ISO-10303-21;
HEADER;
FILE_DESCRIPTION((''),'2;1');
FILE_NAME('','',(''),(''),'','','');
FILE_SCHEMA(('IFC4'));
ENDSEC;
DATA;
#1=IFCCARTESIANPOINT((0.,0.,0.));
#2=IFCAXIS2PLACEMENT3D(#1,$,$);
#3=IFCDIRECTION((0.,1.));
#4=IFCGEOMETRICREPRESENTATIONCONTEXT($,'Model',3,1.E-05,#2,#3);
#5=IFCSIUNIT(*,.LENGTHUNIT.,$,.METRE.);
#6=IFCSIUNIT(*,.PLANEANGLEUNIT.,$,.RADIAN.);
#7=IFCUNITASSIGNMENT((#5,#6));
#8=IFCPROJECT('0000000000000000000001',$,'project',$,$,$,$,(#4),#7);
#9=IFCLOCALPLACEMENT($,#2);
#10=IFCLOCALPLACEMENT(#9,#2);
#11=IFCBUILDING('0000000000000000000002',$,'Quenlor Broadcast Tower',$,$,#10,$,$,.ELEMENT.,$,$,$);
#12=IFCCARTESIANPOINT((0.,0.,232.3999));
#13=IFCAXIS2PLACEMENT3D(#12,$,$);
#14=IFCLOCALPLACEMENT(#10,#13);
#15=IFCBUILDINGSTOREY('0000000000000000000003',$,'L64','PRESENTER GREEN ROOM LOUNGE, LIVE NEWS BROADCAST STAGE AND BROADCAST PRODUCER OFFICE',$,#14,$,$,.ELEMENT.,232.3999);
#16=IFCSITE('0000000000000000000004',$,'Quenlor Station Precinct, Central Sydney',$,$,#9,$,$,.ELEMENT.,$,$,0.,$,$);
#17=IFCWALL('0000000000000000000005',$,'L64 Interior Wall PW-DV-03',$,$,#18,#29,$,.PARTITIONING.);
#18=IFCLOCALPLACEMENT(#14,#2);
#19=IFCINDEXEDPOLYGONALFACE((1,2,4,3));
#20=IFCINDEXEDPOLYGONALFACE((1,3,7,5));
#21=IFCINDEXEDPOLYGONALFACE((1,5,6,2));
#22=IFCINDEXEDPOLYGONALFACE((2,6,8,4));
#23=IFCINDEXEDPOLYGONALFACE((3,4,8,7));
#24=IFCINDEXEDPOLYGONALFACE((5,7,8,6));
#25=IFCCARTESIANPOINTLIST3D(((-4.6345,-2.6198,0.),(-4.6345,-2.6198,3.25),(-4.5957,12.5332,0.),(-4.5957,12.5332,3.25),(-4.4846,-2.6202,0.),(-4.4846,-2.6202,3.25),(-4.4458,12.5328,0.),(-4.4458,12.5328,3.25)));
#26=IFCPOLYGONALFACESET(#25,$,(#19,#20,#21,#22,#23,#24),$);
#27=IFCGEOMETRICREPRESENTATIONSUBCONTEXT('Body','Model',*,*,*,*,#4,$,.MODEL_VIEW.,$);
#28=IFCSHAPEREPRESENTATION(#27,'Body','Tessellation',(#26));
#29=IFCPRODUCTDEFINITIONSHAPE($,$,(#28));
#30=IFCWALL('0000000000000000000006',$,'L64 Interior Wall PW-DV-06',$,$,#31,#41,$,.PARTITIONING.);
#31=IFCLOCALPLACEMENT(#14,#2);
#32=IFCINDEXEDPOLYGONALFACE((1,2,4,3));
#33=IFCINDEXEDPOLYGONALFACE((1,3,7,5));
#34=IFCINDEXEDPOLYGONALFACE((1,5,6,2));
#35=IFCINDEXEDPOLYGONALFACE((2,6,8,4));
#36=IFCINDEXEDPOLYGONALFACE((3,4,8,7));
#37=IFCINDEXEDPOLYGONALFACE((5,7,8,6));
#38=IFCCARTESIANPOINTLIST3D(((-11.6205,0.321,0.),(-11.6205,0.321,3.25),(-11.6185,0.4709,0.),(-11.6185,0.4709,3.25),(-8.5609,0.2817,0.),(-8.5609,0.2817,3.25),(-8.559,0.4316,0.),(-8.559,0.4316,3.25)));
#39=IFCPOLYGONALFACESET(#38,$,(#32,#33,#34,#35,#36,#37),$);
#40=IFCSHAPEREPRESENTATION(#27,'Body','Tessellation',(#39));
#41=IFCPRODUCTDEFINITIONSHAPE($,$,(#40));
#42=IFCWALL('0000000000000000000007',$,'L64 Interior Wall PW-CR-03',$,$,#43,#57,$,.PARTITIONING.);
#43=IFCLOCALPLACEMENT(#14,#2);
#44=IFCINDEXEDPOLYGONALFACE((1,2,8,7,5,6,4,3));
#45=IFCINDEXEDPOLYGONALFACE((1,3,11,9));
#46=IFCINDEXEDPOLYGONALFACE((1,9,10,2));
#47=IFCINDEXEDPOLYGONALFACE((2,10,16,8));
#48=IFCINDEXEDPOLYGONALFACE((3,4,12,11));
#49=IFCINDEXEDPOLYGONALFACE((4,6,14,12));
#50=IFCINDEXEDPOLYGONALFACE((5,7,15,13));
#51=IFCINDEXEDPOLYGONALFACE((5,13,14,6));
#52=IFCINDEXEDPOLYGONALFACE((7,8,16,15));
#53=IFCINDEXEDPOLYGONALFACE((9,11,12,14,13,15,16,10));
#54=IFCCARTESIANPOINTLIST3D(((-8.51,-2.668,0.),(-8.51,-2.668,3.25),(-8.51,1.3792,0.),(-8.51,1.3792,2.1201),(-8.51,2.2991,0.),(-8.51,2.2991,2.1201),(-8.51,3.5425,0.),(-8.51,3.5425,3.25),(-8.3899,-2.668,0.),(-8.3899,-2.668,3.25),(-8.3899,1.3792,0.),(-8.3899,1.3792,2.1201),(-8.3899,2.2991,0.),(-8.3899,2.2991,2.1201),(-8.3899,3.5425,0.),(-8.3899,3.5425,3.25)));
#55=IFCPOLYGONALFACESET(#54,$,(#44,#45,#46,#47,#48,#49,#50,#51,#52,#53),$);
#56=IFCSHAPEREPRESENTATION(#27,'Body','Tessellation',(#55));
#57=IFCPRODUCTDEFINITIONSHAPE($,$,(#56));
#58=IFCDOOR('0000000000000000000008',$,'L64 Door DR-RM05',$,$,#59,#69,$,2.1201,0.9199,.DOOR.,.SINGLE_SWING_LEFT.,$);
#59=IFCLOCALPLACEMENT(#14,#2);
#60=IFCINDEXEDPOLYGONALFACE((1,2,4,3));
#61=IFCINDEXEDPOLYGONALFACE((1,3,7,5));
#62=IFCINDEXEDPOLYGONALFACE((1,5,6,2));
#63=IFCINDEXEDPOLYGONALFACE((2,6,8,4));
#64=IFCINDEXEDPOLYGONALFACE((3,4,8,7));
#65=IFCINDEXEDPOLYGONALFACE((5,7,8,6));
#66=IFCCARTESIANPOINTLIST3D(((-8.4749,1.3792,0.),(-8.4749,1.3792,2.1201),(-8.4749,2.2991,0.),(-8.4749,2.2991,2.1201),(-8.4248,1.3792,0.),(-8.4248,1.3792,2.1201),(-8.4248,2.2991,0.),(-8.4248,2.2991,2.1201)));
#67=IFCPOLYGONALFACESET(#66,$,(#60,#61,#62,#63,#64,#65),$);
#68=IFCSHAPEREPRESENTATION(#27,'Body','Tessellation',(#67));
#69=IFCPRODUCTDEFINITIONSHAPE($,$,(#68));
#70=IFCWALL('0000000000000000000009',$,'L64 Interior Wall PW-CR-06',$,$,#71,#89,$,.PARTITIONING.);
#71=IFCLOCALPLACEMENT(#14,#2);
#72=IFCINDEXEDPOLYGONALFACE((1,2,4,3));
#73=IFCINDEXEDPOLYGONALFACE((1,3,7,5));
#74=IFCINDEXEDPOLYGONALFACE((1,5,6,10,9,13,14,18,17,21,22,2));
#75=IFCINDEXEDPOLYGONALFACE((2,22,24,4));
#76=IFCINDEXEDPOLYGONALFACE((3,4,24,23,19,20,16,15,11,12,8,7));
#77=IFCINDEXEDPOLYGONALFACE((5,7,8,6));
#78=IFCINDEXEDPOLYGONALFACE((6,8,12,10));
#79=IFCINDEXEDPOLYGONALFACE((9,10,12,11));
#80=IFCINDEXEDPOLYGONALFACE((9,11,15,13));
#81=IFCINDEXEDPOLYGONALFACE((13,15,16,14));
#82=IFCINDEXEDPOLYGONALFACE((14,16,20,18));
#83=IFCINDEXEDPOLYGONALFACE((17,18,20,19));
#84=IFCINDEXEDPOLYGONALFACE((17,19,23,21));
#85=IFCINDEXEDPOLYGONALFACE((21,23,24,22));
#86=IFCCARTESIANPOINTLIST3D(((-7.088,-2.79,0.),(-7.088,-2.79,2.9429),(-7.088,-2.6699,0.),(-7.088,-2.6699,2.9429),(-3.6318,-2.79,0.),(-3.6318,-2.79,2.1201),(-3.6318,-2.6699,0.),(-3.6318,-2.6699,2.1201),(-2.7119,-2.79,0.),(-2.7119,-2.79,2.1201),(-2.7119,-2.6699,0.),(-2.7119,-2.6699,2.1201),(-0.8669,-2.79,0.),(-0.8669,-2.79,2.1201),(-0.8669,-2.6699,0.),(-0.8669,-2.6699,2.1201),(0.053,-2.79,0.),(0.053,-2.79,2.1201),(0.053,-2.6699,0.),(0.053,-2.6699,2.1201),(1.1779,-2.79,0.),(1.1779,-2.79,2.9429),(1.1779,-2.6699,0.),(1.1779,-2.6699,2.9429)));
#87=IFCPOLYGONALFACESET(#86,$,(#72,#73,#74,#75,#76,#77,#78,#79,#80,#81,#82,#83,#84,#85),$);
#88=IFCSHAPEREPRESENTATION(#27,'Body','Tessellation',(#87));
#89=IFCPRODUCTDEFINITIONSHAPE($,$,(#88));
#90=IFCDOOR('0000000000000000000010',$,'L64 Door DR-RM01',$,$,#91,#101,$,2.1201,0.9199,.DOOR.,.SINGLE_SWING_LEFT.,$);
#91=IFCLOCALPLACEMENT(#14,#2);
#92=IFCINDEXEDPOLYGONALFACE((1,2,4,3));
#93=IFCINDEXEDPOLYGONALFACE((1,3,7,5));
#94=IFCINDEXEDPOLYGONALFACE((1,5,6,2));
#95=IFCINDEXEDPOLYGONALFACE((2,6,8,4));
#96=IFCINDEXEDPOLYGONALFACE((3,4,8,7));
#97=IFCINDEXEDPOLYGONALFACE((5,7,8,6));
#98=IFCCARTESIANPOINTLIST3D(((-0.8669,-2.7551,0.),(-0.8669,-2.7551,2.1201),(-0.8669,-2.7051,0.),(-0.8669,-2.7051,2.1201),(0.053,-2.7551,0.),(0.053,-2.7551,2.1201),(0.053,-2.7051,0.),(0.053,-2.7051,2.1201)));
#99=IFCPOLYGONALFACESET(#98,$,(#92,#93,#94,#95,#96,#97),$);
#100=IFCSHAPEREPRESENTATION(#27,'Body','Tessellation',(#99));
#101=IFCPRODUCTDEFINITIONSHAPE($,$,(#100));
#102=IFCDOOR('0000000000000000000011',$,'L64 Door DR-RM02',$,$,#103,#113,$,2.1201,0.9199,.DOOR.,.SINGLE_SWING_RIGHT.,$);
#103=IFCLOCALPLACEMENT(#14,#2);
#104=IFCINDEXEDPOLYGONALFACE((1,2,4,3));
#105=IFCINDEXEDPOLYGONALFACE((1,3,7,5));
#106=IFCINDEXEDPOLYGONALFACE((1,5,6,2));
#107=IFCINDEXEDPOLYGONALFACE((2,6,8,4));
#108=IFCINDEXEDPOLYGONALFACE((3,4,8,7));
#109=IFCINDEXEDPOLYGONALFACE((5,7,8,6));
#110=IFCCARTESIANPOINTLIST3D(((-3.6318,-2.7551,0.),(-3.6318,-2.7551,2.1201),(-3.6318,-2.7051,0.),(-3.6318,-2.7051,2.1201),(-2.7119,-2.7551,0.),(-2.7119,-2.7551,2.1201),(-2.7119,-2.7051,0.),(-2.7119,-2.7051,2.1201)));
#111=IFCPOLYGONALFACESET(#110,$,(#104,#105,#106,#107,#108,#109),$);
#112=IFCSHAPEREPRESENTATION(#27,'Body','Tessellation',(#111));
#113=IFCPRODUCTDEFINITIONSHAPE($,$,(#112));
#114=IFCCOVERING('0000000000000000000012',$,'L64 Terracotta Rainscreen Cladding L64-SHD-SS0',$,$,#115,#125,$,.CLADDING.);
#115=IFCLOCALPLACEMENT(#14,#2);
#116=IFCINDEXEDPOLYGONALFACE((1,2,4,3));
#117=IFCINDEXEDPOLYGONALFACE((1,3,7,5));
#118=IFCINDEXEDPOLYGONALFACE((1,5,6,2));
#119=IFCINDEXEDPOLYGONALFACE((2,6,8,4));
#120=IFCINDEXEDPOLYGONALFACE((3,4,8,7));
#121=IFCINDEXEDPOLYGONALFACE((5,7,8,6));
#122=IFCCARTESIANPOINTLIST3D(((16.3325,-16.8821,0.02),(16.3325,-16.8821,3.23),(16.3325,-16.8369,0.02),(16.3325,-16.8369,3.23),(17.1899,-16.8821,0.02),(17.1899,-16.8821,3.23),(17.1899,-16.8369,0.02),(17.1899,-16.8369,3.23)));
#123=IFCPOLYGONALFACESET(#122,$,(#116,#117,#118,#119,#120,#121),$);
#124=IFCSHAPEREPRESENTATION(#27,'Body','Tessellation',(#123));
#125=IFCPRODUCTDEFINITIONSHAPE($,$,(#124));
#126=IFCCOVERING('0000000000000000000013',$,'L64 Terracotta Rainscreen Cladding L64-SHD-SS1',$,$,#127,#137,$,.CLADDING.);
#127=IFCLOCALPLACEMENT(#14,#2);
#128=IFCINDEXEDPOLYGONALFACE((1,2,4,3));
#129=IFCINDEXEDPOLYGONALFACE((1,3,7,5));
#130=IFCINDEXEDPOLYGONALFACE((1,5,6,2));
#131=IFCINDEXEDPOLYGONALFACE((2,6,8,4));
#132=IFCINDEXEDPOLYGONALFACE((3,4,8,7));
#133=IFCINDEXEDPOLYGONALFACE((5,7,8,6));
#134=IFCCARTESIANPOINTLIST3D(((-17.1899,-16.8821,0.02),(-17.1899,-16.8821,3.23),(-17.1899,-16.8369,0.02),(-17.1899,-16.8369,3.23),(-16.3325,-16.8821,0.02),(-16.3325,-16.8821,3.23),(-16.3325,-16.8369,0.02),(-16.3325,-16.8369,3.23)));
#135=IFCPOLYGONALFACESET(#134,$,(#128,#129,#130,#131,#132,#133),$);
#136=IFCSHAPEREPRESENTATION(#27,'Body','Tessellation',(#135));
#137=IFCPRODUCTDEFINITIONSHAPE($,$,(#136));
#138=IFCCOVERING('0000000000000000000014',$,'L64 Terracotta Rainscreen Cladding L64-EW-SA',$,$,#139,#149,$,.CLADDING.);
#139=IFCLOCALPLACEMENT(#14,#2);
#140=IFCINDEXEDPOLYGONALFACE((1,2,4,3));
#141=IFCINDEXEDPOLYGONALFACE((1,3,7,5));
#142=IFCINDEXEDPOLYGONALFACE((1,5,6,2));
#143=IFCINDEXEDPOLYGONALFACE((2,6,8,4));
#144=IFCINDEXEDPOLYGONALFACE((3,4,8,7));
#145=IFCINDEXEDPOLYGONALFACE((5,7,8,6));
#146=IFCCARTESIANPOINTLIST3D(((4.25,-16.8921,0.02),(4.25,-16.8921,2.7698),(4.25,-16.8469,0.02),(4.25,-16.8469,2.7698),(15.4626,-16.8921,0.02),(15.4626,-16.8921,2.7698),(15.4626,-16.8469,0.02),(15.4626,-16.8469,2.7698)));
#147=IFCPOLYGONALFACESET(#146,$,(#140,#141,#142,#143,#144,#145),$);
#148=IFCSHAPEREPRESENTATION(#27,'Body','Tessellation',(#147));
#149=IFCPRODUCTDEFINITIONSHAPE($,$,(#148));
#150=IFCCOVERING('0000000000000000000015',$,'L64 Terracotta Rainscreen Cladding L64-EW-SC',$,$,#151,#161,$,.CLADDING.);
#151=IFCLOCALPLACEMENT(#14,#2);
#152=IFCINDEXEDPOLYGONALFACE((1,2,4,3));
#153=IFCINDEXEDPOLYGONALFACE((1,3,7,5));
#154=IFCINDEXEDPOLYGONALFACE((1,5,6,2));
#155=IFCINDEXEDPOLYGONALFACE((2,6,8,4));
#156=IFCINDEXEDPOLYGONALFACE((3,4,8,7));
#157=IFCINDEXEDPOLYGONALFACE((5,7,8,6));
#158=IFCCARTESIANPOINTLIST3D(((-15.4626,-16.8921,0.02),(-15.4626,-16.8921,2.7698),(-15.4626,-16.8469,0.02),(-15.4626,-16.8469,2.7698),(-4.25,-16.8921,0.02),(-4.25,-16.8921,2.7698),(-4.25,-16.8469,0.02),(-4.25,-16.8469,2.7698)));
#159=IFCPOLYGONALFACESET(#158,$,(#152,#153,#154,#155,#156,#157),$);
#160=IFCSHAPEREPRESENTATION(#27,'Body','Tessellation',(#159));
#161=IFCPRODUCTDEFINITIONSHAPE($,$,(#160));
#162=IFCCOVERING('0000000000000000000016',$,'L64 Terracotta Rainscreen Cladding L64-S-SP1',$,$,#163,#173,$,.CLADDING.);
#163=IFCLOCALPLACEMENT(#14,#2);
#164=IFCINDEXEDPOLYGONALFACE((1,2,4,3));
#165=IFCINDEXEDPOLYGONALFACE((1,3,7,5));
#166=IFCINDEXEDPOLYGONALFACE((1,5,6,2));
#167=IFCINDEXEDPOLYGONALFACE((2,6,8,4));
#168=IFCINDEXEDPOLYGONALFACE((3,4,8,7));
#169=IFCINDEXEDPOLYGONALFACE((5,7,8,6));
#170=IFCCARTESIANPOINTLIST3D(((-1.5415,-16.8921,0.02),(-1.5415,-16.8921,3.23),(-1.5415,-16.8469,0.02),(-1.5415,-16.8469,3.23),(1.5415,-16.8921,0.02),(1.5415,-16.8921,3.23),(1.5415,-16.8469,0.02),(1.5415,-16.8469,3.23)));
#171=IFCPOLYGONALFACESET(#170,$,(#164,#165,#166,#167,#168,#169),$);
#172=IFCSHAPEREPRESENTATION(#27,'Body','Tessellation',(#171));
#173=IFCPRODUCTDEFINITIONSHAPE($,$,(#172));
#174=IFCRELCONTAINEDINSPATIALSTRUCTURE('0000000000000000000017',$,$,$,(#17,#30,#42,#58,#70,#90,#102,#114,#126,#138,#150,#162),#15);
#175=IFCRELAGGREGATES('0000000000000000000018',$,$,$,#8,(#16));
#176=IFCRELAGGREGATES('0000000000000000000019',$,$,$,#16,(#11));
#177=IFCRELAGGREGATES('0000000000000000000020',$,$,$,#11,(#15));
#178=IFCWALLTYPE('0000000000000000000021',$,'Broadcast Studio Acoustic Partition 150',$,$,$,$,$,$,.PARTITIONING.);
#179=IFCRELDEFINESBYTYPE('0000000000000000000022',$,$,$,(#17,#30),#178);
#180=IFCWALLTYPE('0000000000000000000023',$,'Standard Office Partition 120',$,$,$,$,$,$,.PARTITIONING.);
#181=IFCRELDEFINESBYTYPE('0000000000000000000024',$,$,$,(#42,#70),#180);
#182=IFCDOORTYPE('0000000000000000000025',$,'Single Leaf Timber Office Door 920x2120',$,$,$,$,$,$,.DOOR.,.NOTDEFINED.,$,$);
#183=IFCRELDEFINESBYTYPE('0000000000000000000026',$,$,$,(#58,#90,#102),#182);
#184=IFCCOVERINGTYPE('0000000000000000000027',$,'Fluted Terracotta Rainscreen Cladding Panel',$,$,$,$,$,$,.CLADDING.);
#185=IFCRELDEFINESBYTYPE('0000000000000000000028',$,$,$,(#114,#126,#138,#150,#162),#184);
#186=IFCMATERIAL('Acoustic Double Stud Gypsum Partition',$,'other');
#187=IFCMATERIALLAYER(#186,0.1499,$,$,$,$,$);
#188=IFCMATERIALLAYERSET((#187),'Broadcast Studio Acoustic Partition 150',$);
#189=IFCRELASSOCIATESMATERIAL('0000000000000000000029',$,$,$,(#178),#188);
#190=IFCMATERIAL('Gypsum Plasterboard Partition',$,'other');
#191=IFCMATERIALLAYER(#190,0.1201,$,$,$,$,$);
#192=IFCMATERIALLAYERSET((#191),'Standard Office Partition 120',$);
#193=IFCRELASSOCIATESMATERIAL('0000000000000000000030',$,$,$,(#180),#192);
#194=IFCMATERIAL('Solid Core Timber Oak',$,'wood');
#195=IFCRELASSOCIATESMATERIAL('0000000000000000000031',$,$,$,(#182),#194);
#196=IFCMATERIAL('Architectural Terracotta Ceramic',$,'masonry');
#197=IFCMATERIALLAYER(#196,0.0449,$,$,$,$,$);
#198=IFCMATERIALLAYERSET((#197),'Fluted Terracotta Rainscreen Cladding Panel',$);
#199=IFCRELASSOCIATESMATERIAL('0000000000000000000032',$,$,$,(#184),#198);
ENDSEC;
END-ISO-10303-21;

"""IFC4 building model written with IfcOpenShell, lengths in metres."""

from ifc_helpers import new_model, si_unit, direction, frame, frame_2d, origin, place, context, subcontext, project, spatial, polyline, rectangle, outline, extrude, material, layer, layer_set, type_object, element, fill, save


model = new_model("IFC4")

# Units and contexts
model_context = context("Model", 3, precision=1e-05, world=origin(), true_north=direction((0.0, 1.0)))
body_context = subcontext(model_context, "Body", "Model", "MODEL_VIEW")
ifc_project = project(units=[si_unit("LENGTHUNIT", "METRE"), si_unit("PLANEANGLEUNIT", "RADIAN")], contexts=[model_context])

# Site, building, storey
site_placement = place(None, origin())
site = spatial("IfcSite", under=ifc_project, at=site_placement, Name="Quenlor Station Precinct, Central Sydney", CompositionType="ELEMENT", RefElevation=0.0)
building_placement = place(site_placement, origin())
building = spatial("IfcBuilding", under=site, at=building_placement, Name="Quenlor Broadcast Tower", CompositionType="ELEMENT")
storey_placement = place(building_placement, frame((0.0, 0.0, 232.3999)))
storey = spatial("IfcBuildingStorey", under=building, at=storey_placement, Name="L64", Description="PRESENTER GREEN ROOM LOUNGE, LIVE NEWS BROADCAST STAGE AND BROADCAST PRODUCER OFFICE", CompositionType="ELEMENT", Elevation=232.3999)

# Walls
ifc_material_1 = material(Name="Acoustic Double Stud Gypsum Partition", Category="other")
ifc_layer_1 = layer(ifc_material_1, 0.1499)
ifc_layer_set_1 = layer_set([ifc_layer_1], Name="Broadcast Studio Acoustic Partition 150")
wall_type_1 = type_object("IfcWallType", Name="Broadcast Studio Acoustic Partition 150", PredefinedType="PARTITIONING", material=ifc_layer_set_1)
wall_1_placement = place(storey_placement, frame((-4.5596, -2.6201, 0.0), z_axis=(0.0, 0.0, 1.0), x_axis=(0.002562, 0.999997, 0.0)))
element("IfcWall", 1, at=wall_1_placement, inside=storey, type_object=wall_type_1, Name="L64 Interior Wall PW-DV-03", PredefinedType="PARTITIONING", context=body_context, shape_type="SweptSolid", body=[
    extrude(rectangle(XDim=15.1531, YDim=0.1499, at=frame_2d((7.5767, 0.0))), origin(), (0.0, 0.0, 1.0), 3.25),
])
wall_2_placement = place(storey_placement, frame((-8.5601, 0.3567, 0.0), z_axis=(0.0, 0.0, 1.0), x_axis=(-0.999917, 0.012846, 0.0)))
element("IfcWall", 2, at=wall_2_placement, inside=storey, type_object=wall_type_1, Name="L64 Interior Wall PW-DV-06", PredefinedType="PARTITIONING", context=body_context, shape_type="SweptSolid", body=[
    extrude(rectangle(XDim=3.0598, YDim=0.1499, at=frame_2d((1.5298, 0.0))), origin(), (0.0, 0.0, 1.0), 3.25),
])

# Wall, opening, door
ifc_material_2 = material(Name="Gypsum Plasterboard Partition", Category="other")
ifc_layer_2 = layer(ifc_material_2, 0.1201)
ifc_layer_set_2 = layer_set([ifc_layer_2], Name="Standard Office Partition 120")
wall_type_2 = type_object("IfcWallType", Name="Standard Office Partition 120", PredefinedType="PARTITIONING", material=ifc_layer_set_2)
wall_3_placement = place(storey_placement, frame((-8.45, -2.668, 0.0), z_axis=(0.0, 0.0, 1.0), x_axis=(0.0, 1.0, 0.0)))
wall_3 = element("IfcWall", 3, at=wall_3_placement, inside=storey, type_object=wall_type_2, Name="L64 Interior Wall PW-CR-03", PredefinedType="PARTITIONING", context=body_context, shape_type="SweptSolid", body=[
    extrude(rectangle(XDim=6.2104, YDim=0.1201, at=frame_2d((3.1052, 0.0))), origin(), (0.0, 0.0, 1.0), 3.25),
])
opening_1_placement = place(wall_3_placement, frame((4.0471, 0.0, 0.0)))
opening_1 = element("IfcOpeningElement", 4, at=opening_1_placement, cuts=wall_3, PredefinedType="OPENING", context=body_context, shape_type="SweptSolid", body=[
    extrude(rectangle(XDim=0.9199, YDim=2.1201, at=frame_2d((0.46, 1.0601))), frame((0.0, 0.0701, 0.0), z_axis=(0.0, -1.0, 0.0), x_axis=(1.0, 0.0, 0.0)), (0.0, 0.0, 1.0), 0.1401),
])
ifc_material_3 = material(Name="Solid Core Timber Oak", Category="wood")
door_type = type_object("IfcDoorType", Name="Single Leaf Timber Office Door 920x2120", OperationType="NOTDEFINED", PredefinedType="DOOR", material=ifc_material_3)
door_1_placement = place(opening_1_placement, origin())
door_1 = element("IfcDoor", 5, at=door_1_placement, inside=storey, type_object=door_type, Name="L64 Door DR-RM05", OperationType="SINGLE_SWING_LEFT", OverallHeight=2.1201, OverallWidth=0.9199, PredefinedType="DOOR", context=body_context, shape_type="SweptSolid", body=[
    extrude(rectangle(XDim=0.9199, YDim=2.1201, at=frame_2d((0.46, 1.0601))), frame((0.0, 0.0249, 0.0), z_axis=(0.0, -1.0, 0.0), x_axis=(1.0, 0.0, 0.0)), (0.0, 0.0, 1.0), 0.05),
])
fill(opening_1, door_1)

# Wall, openings, doors
wall_4_placement = place(storey_placement, frame((-7.0879, -2.73, 0.0), z_axis=(0.0, 0.0, 1.0), x_axis=(1.0, 0.0, 0.0)))
wall_4 = element("IfcWall", 6, at=wall_4_placement, inside=storey, type_object=wall_type_2, Name="L64 Interior Wall PW-CR-06", PredefinedType="PARTITIONING", context=body_context, shape_type="SweptSolid", body=[
    extrude(rectangle(XDim=8.2659, YDim=0.1201, at=frame_2d((4.1328, 0.0))), origin(), (0.0, 0.0, 1.0), 2.9429),
])
opening_2_placement = place(wall_4_placement, frame((6.2209, 0.0, 0.0)))
opening_2 = element("IfcOpeningElement", 7, at=opening_2_placement, cuts=wall_4, PredefinedType="OPENING", context=body_context, shape_type="SweptSolid", body=[
    extrude(rectangle(XDim=0.9199, YDim=2.1201, at=frame_2d((0.46, 1.0601))), frame((0.0, 0.0701, 0.0), z_axis=(0.0, -1.0, 0.0), x_axis=(1.0, 0.0, 0.0)), (0.0, 0.0, 1.0), 0.1401),
])
opening_3_placement = place(wall_4_placement, frame((3.4561, 0.0, 0.0)))
opening_3 = element("IfcOpeningElement", 8, at=opening_3_placement, cuts=wall_4, PredefinedType="OPENING", context=body_context, shape_type="SweptSolid", body=[
    extrude(rectangle(XDim=0.9199, YDim=2.1201, at=frame_2d((0.46, 1.0601))), frame((0.0, 0.0701, 0.0), z_axis=(0.0, -1.0, 0.0), x_axis=(1.0, 0.0, 0.0)), (0.0, 0.0, 1.0), 0.1401),
])
door_2_placement = place(opening_2_placement, origin())
door_2 = element("IfcDoor", 9, at=door_2_placement, inside=storey, type_object=door_type, Name="L64 Door DR-RM01", OperationType="SINGLE_SWING_LEFT", OverallHeight=2.1201, OverallWidth=0.9199, PredefinedType="DOOR", context=body_context, shape_type="SweptSolid", body=[
    extrude(rectangle(XDim=0.9199, YDim=2.1201, at=frame_2d((0.46, 1.0601))), frame((0.0, 0.0249, 0.0), z_axis=(0.0, -1.0, 0.0), x_axis=(1.0, 0.0, 0.0)), (0.0, 0.0, 1.0), 0.05),
])
fill(opening_2, door_2)
door_3_placement = place(opening_3_placement, origin())
door_3 = element("IfcDoor", 10, at=door_3_placement, inside=storey, type_object=door_type, Name="L64 Door DR-RM02", OperationType="SINGLE_SWING_RIGHT", OverallHeight=2.1201, OverallWidth=0.9199, PredefinedType="DOOR", context=body_context, shape_type="SweptSolid", body=[
    extrude(rectangle(XDim=0.9199, YDim=2.1201, at=frame_2d((0.46, 1.0601))), frame((0.0, 0.0249, 0.0), z_axis=(0.0, -1.0, 0.0), x_axis=(1.0, 0.0, 0.0)), (0.0, 0.0, 1.0), 0.05),
])
fill(opening_3, door_3)

# Coverings
ifc_material_4 = material(Name="Architectural Terracotta Ceramic", Category="masonry")
ifc_layer_3 = layer(ifc_material_4, 0.0449)
ifc_layer_set_3 = layer_set([ifc_layer_3], Name="Fluted Terracotta Rainscreen Cladding Panel")
covering_type = type_object("IfcCoveringType", Name="Fluted Terracotta Rainscreen Cladding Panel", PredefinedType="CLADDING", material=ifc_layer_set_3)
covering_1_placement = place(storey_placement, frame((0.0, 0.0, 0.02)))
element("IfcCovering", 11, at=covering_1_placement, inside=storey, type_object=covering_type, Name="L64 Terracotta Rainscreen Cladding L64-SHD-SS0", PredefinedType="CLADDING", context=body_context, shape_type="SweptSolid", body=[
    extrude(outline(polyline([(17.1899, -16.8369), (16.3325, -16.8369), (16.3325, -16.8821), (17.1899, -16.8821), (17.1899, -16.8369)])), origin(), (0.0, 0.0, 1.0), 3.21),
])
covering_2_placement = place(storey_placement, frame((0.0, 0.0, 0.02)))
element("IfcCovering", 12, at=covering_2_placement, inside=storey, type_object=covering_type, Name="L64 Terracotta Rainscreen Cladding L64-SHD-SS1", PredefinedType="CLADDING", context=body_context, shape_type="SweptSolid", body=[
    extrude(outline(polyline([(-16.3325, -16.8369), (-17.1899, -16.8369), (-17.1899, -16.8821), (-16.3325, -16.8821), (-16.3325, -16.8369)])), origin(), (0.0, 0.0, 1.0), 3.21),
])
covering_3_placement = place(storey_placement, frame((0.0, 0.0, 0.02)))
element("IfcCovering", 13, at=covering_3_placement, inside=storey, type_object=covering_type, Name="L64 Terracotta Rainscreen Cladding L64-EW-SA", PredefinedType="CLADDING", context=body_context, shape_type="SweptSolid", body=[
    extrude(outline(polyline([(15.4626, -16.8469), (4.25, -16.8469), (4.25, -16.8921), (15.4626, -16.8921), (15.4626, -16.8469)])), origin(), (0.0, 0.0, 1.0), 2.7498),
])
covering_4_placement = place(storey_placement, frame((0.0, 0.0, 0.02)))
element("IfcCovering", 14, at=covering_4_placement, inside=storey, type_object=covering_type, Name="L64 Terracotta Rainscreen Cladding L64-EW-SC", PredefinedType="CLADDING", context=body_context, shape_type="SweptSolid", body=[
    extrude(outline(polyline([(-4.25, -16.8469), (-15.4626, -16.8469), (-15.4626, -16.8921), (-4.25, -16.8921), (-4.25, -16.8469)])), origin(), (0.0, 0.0, 1.0), 2.7498),
])
covering_5_placement = place(storey_placement, frame((0.0, 0.0, 0.02)))
element("IfcCovering", 15, at=covering_5_placement, inside=storey, type_object=covering_type, Name="L64 Terracotta Rainscreen Cladding L64-S-SP1", PredefinedType="CLADDING", context=body_context, shape_type="SweptSolid", body=[
    extrude(outline(polyline([(1.5415, -16.8469), (-1.5415, -16.8469), (-1.5415, -16.8921), (1.5415, -16.8921), (1.5415, -16.8469)])), origin(), (0.0, 0.0, 1.0), 3.21),
])

save(model, "model.ifc")
